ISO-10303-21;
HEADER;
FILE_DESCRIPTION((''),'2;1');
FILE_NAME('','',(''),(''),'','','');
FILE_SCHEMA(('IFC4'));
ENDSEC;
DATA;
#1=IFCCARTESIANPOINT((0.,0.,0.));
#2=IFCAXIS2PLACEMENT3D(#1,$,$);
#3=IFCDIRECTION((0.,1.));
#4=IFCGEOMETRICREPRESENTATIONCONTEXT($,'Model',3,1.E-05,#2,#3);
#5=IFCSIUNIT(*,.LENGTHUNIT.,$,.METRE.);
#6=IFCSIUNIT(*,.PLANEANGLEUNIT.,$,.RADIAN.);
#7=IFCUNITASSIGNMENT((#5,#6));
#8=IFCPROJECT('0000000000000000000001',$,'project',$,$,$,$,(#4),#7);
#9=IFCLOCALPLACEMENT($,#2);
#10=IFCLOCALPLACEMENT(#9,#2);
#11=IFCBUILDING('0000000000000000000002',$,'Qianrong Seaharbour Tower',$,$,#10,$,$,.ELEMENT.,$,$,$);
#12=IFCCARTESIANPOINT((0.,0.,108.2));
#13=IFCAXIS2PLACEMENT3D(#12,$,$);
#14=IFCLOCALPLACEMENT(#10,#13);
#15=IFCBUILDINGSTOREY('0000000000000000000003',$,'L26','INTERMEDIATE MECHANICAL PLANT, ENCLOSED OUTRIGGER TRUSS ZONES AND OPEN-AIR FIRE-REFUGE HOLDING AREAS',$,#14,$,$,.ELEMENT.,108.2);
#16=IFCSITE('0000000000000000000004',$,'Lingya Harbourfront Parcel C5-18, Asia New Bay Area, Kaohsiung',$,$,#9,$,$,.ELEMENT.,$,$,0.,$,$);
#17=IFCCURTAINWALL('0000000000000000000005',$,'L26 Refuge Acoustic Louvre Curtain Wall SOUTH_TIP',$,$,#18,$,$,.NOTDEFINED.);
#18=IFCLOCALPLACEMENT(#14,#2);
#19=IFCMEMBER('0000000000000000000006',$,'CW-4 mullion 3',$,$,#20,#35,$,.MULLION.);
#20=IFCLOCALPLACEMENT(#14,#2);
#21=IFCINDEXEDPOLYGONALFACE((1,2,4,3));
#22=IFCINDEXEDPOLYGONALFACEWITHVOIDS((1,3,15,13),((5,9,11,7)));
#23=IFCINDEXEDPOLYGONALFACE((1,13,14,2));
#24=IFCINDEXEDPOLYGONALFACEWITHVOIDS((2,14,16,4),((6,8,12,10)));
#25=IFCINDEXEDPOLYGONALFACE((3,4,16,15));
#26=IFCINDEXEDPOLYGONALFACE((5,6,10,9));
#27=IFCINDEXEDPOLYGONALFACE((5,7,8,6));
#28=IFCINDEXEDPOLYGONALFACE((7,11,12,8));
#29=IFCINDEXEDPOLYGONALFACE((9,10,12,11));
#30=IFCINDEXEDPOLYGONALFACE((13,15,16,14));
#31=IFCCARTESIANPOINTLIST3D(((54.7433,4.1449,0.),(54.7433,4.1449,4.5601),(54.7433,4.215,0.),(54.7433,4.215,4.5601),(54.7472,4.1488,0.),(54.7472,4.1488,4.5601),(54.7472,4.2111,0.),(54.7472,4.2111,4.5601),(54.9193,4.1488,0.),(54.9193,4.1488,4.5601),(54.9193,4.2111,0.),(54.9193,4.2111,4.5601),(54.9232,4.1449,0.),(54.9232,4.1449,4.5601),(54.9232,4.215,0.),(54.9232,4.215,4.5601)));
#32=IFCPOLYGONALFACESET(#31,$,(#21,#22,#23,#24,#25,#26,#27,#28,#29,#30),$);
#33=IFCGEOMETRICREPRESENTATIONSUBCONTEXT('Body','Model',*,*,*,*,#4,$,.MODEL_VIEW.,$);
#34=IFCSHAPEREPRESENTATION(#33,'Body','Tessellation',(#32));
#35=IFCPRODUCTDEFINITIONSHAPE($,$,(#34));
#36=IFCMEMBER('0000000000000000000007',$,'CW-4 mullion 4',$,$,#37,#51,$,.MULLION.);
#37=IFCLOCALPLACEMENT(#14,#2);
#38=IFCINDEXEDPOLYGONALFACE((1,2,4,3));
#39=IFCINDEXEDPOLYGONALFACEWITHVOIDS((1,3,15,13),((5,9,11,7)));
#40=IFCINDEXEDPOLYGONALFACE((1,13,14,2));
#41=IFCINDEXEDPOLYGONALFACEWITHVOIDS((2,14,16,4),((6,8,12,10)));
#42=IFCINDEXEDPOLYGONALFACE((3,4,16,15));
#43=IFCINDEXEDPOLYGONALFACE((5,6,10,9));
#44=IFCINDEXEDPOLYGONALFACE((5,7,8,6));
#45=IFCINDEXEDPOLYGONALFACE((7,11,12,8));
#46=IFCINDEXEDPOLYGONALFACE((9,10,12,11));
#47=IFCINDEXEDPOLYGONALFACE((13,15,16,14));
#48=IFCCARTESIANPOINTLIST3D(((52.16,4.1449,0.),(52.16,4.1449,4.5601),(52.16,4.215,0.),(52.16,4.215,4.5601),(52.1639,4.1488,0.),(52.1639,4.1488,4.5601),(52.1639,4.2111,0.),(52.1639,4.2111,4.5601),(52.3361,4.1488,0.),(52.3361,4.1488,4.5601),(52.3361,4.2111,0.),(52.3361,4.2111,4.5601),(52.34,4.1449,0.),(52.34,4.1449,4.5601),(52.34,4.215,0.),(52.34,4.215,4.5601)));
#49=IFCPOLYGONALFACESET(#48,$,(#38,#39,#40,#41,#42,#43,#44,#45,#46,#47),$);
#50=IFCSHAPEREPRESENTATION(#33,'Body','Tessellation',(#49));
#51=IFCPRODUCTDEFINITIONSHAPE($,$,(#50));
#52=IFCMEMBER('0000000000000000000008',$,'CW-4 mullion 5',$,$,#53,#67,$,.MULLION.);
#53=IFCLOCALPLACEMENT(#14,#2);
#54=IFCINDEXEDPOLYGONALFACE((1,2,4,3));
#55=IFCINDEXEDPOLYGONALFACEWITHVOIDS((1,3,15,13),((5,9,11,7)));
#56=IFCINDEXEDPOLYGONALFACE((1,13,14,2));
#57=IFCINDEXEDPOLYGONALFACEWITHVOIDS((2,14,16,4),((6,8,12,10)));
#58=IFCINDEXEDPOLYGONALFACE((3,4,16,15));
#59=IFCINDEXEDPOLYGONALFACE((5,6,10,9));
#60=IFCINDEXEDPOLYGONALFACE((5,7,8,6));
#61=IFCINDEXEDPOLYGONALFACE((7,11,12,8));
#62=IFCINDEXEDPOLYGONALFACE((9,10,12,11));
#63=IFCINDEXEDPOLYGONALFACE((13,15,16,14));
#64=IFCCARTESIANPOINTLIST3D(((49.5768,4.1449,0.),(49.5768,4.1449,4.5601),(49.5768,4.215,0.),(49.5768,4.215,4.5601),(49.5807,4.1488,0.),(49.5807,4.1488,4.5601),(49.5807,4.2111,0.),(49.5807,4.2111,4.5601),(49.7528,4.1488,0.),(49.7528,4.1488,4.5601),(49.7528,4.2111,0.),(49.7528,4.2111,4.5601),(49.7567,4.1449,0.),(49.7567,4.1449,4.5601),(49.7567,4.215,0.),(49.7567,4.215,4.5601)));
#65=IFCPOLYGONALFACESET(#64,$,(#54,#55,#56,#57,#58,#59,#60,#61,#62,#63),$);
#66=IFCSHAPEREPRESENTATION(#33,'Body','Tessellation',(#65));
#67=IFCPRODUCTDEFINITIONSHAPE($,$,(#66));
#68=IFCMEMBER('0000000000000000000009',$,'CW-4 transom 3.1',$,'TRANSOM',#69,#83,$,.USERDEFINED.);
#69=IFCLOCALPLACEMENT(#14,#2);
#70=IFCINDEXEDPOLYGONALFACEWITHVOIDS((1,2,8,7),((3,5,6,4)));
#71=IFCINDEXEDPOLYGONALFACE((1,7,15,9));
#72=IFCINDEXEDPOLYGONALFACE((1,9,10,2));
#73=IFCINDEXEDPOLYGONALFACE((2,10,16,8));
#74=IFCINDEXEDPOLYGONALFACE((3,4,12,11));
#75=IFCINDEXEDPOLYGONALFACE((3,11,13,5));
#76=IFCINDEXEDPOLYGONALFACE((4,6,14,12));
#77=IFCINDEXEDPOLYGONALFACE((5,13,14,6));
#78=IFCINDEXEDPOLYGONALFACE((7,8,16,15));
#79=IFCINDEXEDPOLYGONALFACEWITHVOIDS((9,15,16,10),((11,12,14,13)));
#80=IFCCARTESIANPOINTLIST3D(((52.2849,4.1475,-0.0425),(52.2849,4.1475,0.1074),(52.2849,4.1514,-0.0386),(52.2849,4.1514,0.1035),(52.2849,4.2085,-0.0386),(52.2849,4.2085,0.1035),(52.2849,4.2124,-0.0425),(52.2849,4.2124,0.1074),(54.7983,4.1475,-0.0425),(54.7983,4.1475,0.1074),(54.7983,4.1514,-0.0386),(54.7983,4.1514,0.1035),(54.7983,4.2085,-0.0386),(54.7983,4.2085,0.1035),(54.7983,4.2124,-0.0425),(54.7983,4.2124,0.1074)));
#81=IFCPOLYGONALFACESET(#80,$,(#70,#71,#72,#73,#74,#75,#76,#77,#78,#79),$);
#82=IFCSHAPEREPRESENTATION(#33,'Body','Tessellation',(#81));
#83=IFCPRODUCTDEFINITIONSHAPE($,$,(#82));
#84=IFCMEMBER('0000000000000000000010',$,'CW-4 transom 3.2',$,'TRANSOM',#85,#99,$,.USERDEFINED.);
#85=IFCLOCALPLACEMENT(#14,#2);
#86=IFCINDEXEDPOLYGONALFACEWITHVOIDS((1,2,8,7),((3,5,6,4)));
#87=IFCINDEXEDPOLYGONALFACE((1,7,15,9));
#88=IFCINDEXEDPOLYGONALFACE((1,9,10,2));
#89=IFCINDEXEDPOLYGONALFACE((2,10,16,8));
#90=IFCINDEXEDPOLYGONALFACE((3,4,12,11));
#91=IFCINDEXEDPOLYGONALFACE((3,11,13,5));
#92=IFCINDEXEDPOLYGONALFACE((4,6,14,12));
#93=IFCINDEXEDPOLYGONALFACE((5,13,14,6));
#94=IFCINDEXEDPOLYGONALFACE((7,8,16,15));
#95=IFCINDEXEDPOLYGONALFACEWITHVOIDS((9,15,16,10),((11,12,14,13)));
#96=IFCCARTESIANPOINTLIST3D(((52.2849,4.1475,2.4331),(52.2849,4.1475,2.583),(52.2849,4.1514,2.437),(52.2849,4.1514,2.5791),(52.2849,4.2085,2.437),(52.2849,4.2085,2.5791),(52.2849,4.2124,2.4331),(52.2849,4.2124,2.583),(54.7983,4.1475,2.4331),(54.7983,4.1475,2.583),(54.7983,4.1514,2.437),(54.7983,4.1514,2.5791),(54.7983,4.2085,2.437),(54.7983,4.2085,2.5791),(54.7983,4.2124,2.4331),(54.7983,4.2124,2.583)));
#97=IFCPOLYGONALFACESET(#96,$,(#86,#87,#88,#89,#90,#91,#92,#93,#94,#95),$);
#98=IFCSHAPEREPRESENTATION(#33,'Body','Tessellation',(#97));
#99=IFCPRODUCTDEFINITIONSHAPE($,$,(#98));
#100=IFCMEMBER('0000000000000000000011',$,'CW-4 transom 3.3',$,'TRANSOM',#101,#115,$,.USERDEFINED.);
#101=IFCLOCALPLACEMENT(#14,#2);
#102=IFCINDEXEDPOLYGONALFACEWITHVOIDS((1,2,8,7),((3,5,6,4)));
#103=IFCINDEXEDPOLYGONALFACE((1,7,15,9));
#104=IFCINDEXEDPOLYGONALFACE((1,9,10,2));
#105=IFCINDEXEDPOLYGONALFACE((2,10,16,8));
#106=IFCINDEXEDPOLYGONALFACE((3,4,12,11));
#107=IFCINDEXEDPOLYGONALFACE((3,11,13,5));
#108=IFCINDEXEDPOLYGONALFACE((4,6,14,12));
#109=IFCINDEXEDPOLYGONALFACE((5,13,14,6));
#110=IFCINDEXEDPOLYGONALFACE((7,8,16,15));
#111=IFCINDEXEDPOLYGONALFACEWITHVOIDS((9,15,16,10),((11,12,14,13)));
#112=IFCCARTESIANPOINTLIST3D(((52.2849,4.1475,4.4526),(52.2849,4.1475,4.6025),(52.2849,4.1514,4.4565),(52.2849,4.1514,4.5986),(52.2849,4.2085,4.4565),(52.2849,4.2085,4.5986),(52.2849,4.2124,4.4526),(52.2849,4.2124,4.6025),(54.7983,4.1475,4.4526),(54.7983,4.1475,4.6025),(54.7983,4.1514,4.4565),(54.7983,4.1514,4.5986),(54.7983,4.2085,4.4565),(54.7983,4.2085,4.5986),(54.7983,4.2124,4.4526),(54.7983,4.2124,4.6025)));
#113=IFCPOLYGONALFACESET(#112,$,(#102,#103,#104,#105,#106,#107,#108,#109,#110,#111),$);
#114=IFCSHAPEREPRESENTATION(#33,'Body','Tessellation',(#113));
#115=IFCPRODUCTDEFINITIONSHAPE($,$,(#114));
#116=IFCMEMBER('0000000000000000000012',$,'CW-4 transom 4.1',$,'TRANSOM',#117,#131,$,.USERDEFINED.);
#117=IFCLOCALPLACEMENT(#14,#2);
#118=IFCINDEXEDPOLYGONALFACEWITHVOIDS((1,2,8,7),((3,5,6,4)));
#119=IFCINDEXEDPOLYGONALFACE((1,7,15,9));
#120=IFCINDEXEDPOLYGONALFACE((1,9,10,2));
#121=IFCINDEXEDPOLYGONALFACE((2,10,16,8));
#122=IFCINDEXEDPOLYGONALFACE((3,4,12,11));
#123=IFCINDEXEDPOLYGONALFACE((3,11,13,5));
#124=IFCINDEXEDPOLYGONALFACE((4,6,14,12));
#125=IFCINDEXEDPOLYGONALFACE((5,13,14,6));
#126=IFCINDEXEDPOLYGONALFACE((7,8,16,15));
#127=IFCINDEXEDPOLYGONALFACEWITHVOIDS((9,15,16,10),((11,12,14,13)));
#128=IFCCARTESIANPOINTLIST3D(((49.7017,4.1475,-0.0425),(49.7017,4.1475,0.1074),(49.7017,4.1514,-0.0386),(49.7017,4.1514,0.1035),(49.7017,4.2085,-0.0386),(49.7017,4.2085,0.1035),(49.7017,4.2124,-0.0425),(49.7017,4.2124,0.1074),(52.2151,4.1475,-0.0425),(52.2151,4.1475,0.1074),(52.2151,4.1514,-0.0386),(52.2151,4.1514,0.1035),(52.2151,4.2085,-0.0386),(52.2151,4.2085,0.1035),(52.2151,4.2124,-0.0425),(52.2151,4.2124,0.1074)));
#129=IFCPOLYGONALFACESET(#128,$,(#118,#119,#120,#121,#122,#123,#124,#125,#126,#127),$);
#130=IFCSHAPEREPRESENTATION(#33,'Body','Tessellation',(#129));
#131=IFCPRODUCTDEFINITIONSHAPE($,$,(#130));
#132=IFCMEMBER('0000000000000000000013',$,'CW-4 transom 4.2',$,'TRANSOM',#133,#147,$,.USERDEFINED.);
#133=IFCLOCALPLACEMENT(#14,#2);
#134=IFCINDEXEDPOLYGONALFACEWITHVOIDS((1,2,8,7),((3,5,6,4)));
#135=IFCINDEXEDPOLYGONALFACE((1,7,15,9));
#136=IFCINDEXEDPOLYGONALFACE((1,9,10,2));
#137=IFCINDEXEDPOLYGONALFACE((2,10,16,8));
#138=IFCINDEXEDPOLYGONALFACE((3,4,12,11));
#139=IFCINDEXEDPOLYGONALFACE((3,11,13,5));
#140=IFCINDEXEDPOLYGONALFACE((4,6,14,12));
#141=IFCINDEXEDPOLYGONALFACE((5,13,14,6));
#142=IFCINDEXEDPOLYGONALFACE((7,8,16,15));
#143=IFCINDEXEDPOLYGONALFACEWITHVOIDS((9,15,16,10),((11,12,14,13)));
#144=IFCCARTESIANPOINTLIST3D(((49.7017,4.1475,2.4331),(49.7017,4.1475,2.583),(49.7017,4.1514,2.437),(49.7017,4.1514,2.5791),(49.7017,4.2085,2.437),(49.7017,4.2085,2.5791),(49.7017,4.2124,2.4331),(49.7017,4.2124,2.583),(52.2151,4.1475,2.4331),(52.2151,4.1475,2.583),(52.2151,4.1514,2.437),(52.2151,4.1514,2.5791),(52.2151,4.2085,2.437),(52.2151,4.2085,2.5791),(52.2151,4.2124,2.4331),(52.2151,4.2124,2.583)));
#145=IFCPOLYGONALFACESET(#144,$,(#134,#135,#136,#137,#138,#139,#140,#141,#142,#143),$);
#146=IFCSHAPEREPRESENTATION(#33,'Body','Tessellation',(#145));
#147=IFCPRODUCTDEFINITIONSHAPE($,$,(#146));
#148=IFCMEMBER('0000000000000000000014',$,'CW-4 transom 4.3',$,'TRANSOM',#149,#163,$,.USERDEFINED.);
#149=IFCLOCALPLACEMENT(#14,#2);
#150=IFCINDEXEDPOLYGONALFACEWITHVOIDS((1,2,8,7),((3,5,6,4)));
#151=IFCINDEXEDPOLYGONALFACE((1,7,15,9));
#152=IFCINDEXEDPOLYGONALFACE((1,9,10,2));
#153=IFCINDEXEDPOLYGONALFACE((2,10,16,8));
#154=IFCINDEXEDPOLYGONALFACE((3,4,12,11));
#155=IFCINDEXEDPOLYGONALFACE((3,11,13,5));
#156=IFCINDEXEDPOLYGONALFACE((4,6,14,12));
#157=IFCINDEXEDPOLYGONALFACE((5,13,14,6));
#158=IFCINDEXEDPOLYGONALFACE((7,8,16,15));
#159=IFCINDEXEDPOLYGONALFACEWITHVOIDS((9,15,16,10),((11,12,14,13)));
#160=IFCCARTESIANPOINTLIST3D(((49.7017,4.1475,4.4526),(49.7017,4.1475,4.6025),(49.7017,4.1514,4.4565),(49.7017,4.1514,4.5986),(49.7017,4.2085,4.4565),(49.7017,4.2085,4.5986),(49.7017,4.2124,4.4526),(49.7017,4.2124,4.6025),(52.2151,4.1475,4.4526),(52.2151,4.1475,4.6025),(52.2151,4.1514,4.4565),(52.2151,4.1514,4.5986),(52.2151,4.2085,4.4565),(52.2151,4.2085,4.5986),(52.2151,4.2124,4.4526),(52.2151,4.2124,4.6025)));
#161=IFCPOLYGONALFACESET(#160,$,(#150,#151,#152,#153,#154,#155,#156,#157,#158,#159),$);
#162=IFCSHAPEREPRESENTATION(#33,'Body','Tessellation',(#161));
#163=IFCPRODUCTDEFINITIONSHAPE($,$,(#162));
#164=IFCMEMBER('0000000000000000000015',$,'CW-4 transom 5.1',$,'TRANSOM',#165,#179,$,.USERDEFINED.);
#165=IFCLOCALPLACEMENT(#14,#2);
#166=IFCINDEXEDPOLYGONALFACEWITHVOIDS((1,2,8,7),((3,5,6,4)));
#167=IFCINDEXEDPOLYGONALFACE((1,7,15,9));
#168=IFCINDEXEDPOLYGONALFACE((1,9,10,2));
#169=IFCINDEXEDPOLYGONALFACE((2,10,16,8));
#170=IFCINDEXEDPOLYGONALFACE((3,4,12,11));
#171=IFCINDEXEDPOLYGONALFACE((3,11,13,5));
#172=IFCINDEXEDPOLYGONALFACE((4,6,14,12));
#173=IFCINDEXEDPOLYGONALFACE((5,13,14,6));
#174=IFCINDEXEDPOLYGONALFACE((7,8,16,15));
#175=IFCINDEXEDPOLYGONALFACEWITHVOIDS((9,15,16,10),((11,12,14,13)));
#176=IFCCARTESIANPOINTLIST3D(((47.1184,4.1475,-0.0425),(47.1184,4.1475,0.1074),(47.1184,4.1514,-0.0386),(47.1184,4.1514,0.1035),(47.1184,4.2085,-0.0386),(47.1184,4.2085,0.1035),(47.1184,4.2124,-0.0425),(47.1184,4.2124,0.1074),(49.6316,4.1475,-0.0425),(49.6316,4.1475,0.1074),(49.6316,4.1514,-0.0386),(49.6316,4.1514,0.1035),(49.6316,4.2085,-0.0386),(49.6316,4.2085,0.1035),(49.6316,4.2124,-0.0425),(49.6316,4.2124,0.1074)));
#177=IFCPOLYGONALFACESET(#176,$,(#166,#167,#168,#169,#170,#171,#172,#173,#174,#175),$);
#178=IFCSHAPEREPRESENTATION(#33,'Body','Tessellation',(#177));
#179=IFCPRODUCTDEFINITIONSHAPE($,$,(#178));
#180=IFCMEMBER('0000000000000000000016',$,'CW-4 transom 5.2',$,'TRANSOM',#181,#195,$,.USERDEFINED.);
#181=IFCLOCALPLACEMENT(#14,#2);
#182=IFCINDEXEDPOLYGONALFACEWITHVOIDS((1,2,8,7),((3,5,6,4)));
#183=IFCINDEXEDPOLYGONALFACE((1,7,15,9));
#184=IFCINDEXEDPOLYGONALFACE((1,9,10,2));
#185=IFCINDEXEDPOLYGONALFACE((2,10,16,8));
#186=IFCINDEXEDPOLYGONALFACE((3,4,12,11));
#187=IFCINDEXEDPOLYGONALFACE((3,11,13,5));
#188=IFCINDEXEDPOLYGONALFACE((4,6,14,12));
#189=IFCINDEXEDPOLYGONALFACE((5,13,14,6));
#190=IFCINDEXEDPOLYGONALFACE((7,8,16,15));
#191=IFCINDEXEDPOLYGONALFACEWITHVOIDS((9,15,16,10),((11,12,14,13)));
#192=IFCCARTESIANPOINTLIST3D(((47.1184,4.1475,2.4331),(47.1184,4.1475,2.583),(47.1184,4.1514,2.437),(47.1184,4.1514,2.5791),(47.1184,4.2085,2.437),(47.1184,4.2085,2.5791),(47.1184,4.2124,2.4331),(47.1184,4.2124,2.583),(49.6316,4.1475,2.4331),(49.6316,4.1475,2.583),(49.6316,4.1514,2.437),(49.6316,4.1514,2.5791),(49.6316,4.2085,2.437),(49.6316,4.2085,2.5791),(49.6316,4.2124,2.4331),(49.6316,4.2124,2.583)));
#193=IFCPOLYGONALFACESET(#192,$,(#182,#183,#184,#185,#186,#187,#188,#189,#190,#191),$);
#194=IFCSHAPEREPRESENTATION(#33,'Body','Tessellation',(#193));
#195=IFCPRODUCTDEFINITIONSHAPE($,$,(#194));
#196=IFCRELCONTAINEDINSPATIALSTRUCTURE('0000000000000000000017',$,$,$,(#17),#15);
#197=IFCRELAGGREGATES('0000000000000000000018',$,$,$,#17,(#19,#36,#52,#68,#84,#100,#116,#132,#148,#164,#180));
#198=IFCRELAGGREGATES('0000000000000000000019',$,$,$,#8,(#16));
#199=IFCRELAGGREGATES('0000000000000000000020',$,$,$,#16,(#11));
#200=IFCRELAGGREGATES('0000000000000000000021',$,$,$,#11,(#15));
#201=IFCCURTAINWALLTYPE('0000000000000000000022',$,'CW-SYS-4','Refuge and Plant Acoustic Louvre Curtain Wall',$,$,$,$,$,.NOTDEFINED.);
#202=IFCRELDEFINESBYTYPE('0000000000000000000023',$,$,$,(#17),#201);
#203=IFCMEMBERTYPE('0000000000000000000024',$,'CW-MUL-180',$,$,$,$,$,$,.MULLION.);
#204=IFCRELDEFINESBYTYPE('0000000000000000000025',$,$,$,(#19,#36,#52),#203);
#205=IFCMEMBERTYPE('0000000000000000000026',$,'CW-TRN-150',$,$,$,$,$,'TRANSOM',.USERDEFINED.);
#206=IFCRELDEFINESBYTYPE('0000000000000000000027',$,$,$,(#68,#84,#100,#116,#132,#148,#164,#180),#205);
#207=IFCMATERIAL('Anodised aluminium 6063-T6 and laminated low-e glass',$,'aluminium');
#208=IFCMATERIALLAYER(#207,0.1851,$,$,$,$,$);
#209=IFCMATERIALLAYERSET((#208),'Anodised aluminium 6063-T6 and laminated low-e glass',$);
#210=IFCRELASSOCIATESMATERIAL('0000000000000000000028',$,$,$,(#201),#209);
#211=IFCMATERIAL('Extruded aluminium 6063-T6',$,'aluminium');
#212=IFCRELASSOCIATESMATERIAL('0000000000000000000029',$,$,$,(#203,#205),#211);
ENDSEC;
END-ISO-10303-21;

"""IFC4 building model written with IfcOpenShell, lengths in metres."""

from ifc_helpers import new_model, si_unit, direction, frame, origin, origin_2d, place, context, subcontext, project, spatial, hollow_rectangle, extrude, material, layer, layer_set, material_profile, profile_set, type_object, element, aggregate, save


model = new_model("IFC4")

# Units and contexts
model_context = context("Model", 3, precision=1e-05, world=origin(), true_north=direction((0.0, 1.0)))
body_context = subcontext(model_context, "Body", "Model", "MODEL_VIEW")
ifc_project = project(units=[si_unit("LENGTHUNIT", "METRE"), si_unit("PLANEANGLEUNIT", "RADIAN")], contexts=[model_context])

# Site, building, storey
site_placement = place(None, origin())
site = spatial("IfcSite", under=ifc_project, at=site_placement, Name="Lingya Harbourfront Parcel C5-18, Asia New Bay Area, Kaohsiung", CompositionType="ELEMENT", RefElevation=0.0)
building_placement = place(site_placement, origin())
building = spatial("IfcBuilding", under=site, at=building_placement, Name="Qianrong Seaharbour Tower", CompositionType="ELEMENT")
storey_placement = place(building_placement, frame((0.0, 0.0, 108.2)))
storey = spatial("IfcBuildingStorey", under=building, at=storey_placement, Name="L26", Description="INTERMEDIATE MECHANICAL PLANT, ENCLOSED OUTRIGGER TRUSS ZONES AND OPEN-AIR FIRE-REFUGE HOLDING AREAS", CompositionType="ELEMENT", Elevation=108.2)

# Curtain wall, members
ifc_material_1 = material(Name="Anodised aluminium 6063-T6 and laminated low-e glass", Category="aluminium")
ifc_layer_1 = layer(ifc_material_1, 0.1851)
ifc_layer_set_1 = layer_set([ifc_layer_1], Name="Anodised aluminium 6063-T6 and laminated low-e glass")
curtain_wall_type = type_object("IfcCurtainWallType", Name="CW-SYS-4", Description="Refuge and Plant Acoustic Louvre Curtain Wall", PredefinedType="NOTDEFINED", material=ifc_layer_set_1)
curtain_wall_placement = place(storey_placement, origin())
curtain_wall = element("IfcCurtainWall", 1, at=curtain_wall_placement, inside=storey, type_object=curtain_wall_type, Name="L26 Refuge Acoustic Louvre Curtain Wall SOUTH_TIP", PredefinedType="NOTDEFINED")
ifc_material_2 = material(Name="Extruded aluminium 6063-T6", Category="aluminium")
ifc_material_profile_1 = material_profile(ifc_material_2, hollow_rectangle(XDim=0.0701, YDim=0.1799, WallThickness=0.0039, at=origin_2d()), Name="ALU-MUL-180x70x4")
ifc_profile_set_1 = profile_set([ifc_material_profile_1], Name="Extruded aluminium 6063-T6")
member_type_1 = type_object("IfcMemberType", Name="CW-MUL-180", PredefinedType="MULLION", material=ifc_profile_set_1)
member_1_placement = place(storey_placement, frame((54.8333, 4.1799, 0.0), z_axis=(0.0, 0.0, 1.0), x_axis=(0.0, -1.0, 0.0)))
member_1 = element("IfcMember", 2, at=member_1_placement, type_object=member_type_1, Name="CW-4 mullion 3", PredefinedType="MULLION", context=body_context, shape_type="SweptSolid", body=[
    extrude(hollow_rectangle(XDim=0.0701, YDim=0.1799, WallThickness=0.0039, at=origin_2d()), origin(), (0.0, 0.0, 1.0), 4.5601),
])
member_2_placement = place(storey_placement, frame((52.25, 4.1799, 0.0), z_axis=(0.0, 0.0, 1.0), x_axis=(0.0, -1.0, 0.0)))
member_2 = element("IfcMember", 3, at=member_2_placement, type_object=member_type_1, Name="CW-4 mullion 4", PredefinedType="MULLION", context=body_context, shape_type="SweptSolid", body=[
    extrude(hollow_rectangle(XDim=0.0701, YDim=0.1799, WallThickness=0.0039, at=origin_2d()), origin(), (0.0, 0.0, 1.0), 4.5601),
])
member_3_placement = place(storey_placement, frame((49.6667, 4.1799, 0.0), z_axis=(0.0, 0.0, 1.0), x_axis=(0.0, -1.0, 0.0)))
member_3 = element("IfcMember", 4, at=member_3_placement, type_object=member_type_1, Name="CW-4 mullion 5", PredefinedType="MULLION", context=body_context, shape_type="SweptSolid", body=[
    extrude(hollow_rectangle(XDim=0.0701, YDim=0.1799, WallThickness=0.0039, at=origin_2d()), origin(), (0.0, 0.0, 1.0), 4.5601),
])
ifc_material_profile_2 = material_profile(ifc_material_2, hollow_rectangle(XDim=0.0649, YDim=0.1499, WallThickness=0.0039, at=origin_2d()), Name="ALU-TRN-150x65x4")
ifc_profile_set_2 = profile_set([ifc_material_profile_2], Name="Extruded aluminium 6063-T6")
member_type_2 = type_object("IfcMemberType", Name="CW-TRN-150", ElementType="TRANSOM", PredefinedType="USERDEFINED", material=ifc_profile_set_2)
member_4_placement = place(storey_placement, frame((54.7983, 4.1799, 0.0325), z_axis=(-1.0, 0.0, 0.0), x_axis=(0.0, -1.0, 0.0)))
member_4 = element("IfcMember", 5, at=member_4_placement, type_object=member_type_2, Name="CW-4 transom 3.1", ObjectType="TRANSOM", PredefinedType="USERDEFINED", context=body_context, shape_type="SweptSolid", body=[
    extrude(hollow_rectangle(XDim=0.0649, YDim=0.1499, WallThickness=0.0039, at=origin_2d()), origin(), (0.0, 0.0, 1.0), 2.5134),
])
member_5_placement = place(storey_placement, frame((54.7983, 4.1799, 2.5081), z_axis=(-1.0, 0.0, 0.0), x_axis=(0.0, -1.0, 0.0)))
member_5 = element("IfcMember", 6, at=member_5_placement, type_object=member_type_2, Name="CW-4 transom 3.2", ObjectType="TRANSOM", PredefinedType="USERDEFINED", context=body_context, shape_type="SweptSolid", body=[
    extrude(hollow_rectangle(XDim=0.0649, YDim=0.1499, WallThickness=0.0039, at=origin_2d()), origin(), (0.0, 0.0, 1.0), 2.5134),
])
member_6_placement = place(storey_placement, frame((54.7983, 4.1799, 4.5276), z_axis=(-1.0, 0.0, 0.0), x_axis=(0.0, -1.0, 0.0)))
member_6 = element("IfcMember", 7, at=member_6_placement, type_object=member_type_2, Name="CW-4 transom 3.3", ObjectType="TRANSOM", PredefinedType="USERDEFINED", context=body_context, shape_type="SweptSolid", body=[
    extrude(hollow_rectangle(XDim=0.0649, YDim=0.1499, WallThickness=0.0039, at=origin_2d()), origin(), (0.0, 0.0, 1.0), 2.5134),
])
member_7_placement = place(storey_placement, frame((52.2151, 4.1799, 0.0325), z_axis=(-1.0, 0.0, 0.0), x_axis=(0.0, -1.0, 0.0)))
member_7 = element("IfcMember", 8, at=member_7_placement, type_object=member_type_2, Name="CW-4 transom 4.1", ObjectType="TRANSOM", PredefinedType="USERDEFINED", context=body_context, shape_type="SweptSolid", body=[
    extrude(hollow_rectangle(XDim=0.0649, YDim=0.1499, WallThickness=0.0039, at=origin_2d()), origin(), (0.0, 0.0, 1.0), 2.5134),
])
member_8_placement = place(storey_placement, frame((52.2151, 4.1799, 2.5081), z_axis=(-1.0, 0.0, 0.0), x_axis=(0.0, -1.0, 0.0)))
member_8 = element("IfcMember", 9, at=member_8_placement, type_object=member_type_2, Name="CW-4 transom 4.2", ObjectType="TRANSOM", PredefinedType="USERDEFINED", context=body_context, shape_type="SweptSolid", body=[
    extrude(hollow_rectangle(XDim=0.0649, YDim=0.1499, WallThickness=0.0039, at=origin_2d()), origin(), (0.0, 0.0, 1.0), 2.5134),
])
member_9_placement = place(storey_placement, frame((52.2151, 4.1799, 4.5276), z_axis=(-1.0, 0.0, 0.0), x_axis=(0.0, -1.0, 0.0)))
member_9 = element("IfcMember", 10, at=member_9_placement, type_object=member_type_2, Name="CW-4 transom 4.3", ObjectType="TRANSOM", PredefinedType="USERDEFINED", context=body_context, shape_type="SweptSolid", body=[
    extrude(hollow_rectangle(XDim=0.0649, YDim=0.1499, WallThickness=0.0039, at=origin_2d()), origin(), (0.0, 0.0, 1.0), 2.5134),
])
member_10_placement = place(storey_placement, frame((49.6316, 4.1799, 0.0325), z_axis=(-1.0, 0.0, 0.0), x_axis=(0.0, -1.0, 0.0)))
member_10 = element("IfcMember", 11, at=member_10_placement, type_object=member_type_2, Name="CW-4 transom 5.1", ObjectType="TRANSOM", PredefinedType="USERDEFINED", context=body_context, shape_type="SweptSolid", body=[
    extrude(hollow_rectangle(XDim=0.0649, YDim=0.1499, WallThickness=0.0039, at=origin_2d()), origin(), (0.0, 0.0, 1.0), 2.5132),
])
member_11_placement = place(storey_placement, frame((49.6316, 4.1799, 2.5081), z_axis=(-1.0, 0.0, 0.0), x_axis=(0.0, -1.0, 0.0)))
member_11 = element("IfcMember", 12, at=member_11_placement, type_object=member_type_2, Name="CW-4 transom 5.2", ObjectType="TRANSOM", PredefinedType="USERDEFINED", context=body_context, shape_type="SweptSolid", body=[
    extrude(hollow_rectangle(XDim=0.0649, YDim=0.1499, WallThickness=0.0039, at=origin_2d()), origin(), (0.0, 0.0, 1.0), 2.5132),
])
aggregate(curtain_wall, [member_1, member_2, member_3, member_4, member_5, member_6, member_7, member_8, member_9, member_10, member_11])

save(model, "model.ifc")
